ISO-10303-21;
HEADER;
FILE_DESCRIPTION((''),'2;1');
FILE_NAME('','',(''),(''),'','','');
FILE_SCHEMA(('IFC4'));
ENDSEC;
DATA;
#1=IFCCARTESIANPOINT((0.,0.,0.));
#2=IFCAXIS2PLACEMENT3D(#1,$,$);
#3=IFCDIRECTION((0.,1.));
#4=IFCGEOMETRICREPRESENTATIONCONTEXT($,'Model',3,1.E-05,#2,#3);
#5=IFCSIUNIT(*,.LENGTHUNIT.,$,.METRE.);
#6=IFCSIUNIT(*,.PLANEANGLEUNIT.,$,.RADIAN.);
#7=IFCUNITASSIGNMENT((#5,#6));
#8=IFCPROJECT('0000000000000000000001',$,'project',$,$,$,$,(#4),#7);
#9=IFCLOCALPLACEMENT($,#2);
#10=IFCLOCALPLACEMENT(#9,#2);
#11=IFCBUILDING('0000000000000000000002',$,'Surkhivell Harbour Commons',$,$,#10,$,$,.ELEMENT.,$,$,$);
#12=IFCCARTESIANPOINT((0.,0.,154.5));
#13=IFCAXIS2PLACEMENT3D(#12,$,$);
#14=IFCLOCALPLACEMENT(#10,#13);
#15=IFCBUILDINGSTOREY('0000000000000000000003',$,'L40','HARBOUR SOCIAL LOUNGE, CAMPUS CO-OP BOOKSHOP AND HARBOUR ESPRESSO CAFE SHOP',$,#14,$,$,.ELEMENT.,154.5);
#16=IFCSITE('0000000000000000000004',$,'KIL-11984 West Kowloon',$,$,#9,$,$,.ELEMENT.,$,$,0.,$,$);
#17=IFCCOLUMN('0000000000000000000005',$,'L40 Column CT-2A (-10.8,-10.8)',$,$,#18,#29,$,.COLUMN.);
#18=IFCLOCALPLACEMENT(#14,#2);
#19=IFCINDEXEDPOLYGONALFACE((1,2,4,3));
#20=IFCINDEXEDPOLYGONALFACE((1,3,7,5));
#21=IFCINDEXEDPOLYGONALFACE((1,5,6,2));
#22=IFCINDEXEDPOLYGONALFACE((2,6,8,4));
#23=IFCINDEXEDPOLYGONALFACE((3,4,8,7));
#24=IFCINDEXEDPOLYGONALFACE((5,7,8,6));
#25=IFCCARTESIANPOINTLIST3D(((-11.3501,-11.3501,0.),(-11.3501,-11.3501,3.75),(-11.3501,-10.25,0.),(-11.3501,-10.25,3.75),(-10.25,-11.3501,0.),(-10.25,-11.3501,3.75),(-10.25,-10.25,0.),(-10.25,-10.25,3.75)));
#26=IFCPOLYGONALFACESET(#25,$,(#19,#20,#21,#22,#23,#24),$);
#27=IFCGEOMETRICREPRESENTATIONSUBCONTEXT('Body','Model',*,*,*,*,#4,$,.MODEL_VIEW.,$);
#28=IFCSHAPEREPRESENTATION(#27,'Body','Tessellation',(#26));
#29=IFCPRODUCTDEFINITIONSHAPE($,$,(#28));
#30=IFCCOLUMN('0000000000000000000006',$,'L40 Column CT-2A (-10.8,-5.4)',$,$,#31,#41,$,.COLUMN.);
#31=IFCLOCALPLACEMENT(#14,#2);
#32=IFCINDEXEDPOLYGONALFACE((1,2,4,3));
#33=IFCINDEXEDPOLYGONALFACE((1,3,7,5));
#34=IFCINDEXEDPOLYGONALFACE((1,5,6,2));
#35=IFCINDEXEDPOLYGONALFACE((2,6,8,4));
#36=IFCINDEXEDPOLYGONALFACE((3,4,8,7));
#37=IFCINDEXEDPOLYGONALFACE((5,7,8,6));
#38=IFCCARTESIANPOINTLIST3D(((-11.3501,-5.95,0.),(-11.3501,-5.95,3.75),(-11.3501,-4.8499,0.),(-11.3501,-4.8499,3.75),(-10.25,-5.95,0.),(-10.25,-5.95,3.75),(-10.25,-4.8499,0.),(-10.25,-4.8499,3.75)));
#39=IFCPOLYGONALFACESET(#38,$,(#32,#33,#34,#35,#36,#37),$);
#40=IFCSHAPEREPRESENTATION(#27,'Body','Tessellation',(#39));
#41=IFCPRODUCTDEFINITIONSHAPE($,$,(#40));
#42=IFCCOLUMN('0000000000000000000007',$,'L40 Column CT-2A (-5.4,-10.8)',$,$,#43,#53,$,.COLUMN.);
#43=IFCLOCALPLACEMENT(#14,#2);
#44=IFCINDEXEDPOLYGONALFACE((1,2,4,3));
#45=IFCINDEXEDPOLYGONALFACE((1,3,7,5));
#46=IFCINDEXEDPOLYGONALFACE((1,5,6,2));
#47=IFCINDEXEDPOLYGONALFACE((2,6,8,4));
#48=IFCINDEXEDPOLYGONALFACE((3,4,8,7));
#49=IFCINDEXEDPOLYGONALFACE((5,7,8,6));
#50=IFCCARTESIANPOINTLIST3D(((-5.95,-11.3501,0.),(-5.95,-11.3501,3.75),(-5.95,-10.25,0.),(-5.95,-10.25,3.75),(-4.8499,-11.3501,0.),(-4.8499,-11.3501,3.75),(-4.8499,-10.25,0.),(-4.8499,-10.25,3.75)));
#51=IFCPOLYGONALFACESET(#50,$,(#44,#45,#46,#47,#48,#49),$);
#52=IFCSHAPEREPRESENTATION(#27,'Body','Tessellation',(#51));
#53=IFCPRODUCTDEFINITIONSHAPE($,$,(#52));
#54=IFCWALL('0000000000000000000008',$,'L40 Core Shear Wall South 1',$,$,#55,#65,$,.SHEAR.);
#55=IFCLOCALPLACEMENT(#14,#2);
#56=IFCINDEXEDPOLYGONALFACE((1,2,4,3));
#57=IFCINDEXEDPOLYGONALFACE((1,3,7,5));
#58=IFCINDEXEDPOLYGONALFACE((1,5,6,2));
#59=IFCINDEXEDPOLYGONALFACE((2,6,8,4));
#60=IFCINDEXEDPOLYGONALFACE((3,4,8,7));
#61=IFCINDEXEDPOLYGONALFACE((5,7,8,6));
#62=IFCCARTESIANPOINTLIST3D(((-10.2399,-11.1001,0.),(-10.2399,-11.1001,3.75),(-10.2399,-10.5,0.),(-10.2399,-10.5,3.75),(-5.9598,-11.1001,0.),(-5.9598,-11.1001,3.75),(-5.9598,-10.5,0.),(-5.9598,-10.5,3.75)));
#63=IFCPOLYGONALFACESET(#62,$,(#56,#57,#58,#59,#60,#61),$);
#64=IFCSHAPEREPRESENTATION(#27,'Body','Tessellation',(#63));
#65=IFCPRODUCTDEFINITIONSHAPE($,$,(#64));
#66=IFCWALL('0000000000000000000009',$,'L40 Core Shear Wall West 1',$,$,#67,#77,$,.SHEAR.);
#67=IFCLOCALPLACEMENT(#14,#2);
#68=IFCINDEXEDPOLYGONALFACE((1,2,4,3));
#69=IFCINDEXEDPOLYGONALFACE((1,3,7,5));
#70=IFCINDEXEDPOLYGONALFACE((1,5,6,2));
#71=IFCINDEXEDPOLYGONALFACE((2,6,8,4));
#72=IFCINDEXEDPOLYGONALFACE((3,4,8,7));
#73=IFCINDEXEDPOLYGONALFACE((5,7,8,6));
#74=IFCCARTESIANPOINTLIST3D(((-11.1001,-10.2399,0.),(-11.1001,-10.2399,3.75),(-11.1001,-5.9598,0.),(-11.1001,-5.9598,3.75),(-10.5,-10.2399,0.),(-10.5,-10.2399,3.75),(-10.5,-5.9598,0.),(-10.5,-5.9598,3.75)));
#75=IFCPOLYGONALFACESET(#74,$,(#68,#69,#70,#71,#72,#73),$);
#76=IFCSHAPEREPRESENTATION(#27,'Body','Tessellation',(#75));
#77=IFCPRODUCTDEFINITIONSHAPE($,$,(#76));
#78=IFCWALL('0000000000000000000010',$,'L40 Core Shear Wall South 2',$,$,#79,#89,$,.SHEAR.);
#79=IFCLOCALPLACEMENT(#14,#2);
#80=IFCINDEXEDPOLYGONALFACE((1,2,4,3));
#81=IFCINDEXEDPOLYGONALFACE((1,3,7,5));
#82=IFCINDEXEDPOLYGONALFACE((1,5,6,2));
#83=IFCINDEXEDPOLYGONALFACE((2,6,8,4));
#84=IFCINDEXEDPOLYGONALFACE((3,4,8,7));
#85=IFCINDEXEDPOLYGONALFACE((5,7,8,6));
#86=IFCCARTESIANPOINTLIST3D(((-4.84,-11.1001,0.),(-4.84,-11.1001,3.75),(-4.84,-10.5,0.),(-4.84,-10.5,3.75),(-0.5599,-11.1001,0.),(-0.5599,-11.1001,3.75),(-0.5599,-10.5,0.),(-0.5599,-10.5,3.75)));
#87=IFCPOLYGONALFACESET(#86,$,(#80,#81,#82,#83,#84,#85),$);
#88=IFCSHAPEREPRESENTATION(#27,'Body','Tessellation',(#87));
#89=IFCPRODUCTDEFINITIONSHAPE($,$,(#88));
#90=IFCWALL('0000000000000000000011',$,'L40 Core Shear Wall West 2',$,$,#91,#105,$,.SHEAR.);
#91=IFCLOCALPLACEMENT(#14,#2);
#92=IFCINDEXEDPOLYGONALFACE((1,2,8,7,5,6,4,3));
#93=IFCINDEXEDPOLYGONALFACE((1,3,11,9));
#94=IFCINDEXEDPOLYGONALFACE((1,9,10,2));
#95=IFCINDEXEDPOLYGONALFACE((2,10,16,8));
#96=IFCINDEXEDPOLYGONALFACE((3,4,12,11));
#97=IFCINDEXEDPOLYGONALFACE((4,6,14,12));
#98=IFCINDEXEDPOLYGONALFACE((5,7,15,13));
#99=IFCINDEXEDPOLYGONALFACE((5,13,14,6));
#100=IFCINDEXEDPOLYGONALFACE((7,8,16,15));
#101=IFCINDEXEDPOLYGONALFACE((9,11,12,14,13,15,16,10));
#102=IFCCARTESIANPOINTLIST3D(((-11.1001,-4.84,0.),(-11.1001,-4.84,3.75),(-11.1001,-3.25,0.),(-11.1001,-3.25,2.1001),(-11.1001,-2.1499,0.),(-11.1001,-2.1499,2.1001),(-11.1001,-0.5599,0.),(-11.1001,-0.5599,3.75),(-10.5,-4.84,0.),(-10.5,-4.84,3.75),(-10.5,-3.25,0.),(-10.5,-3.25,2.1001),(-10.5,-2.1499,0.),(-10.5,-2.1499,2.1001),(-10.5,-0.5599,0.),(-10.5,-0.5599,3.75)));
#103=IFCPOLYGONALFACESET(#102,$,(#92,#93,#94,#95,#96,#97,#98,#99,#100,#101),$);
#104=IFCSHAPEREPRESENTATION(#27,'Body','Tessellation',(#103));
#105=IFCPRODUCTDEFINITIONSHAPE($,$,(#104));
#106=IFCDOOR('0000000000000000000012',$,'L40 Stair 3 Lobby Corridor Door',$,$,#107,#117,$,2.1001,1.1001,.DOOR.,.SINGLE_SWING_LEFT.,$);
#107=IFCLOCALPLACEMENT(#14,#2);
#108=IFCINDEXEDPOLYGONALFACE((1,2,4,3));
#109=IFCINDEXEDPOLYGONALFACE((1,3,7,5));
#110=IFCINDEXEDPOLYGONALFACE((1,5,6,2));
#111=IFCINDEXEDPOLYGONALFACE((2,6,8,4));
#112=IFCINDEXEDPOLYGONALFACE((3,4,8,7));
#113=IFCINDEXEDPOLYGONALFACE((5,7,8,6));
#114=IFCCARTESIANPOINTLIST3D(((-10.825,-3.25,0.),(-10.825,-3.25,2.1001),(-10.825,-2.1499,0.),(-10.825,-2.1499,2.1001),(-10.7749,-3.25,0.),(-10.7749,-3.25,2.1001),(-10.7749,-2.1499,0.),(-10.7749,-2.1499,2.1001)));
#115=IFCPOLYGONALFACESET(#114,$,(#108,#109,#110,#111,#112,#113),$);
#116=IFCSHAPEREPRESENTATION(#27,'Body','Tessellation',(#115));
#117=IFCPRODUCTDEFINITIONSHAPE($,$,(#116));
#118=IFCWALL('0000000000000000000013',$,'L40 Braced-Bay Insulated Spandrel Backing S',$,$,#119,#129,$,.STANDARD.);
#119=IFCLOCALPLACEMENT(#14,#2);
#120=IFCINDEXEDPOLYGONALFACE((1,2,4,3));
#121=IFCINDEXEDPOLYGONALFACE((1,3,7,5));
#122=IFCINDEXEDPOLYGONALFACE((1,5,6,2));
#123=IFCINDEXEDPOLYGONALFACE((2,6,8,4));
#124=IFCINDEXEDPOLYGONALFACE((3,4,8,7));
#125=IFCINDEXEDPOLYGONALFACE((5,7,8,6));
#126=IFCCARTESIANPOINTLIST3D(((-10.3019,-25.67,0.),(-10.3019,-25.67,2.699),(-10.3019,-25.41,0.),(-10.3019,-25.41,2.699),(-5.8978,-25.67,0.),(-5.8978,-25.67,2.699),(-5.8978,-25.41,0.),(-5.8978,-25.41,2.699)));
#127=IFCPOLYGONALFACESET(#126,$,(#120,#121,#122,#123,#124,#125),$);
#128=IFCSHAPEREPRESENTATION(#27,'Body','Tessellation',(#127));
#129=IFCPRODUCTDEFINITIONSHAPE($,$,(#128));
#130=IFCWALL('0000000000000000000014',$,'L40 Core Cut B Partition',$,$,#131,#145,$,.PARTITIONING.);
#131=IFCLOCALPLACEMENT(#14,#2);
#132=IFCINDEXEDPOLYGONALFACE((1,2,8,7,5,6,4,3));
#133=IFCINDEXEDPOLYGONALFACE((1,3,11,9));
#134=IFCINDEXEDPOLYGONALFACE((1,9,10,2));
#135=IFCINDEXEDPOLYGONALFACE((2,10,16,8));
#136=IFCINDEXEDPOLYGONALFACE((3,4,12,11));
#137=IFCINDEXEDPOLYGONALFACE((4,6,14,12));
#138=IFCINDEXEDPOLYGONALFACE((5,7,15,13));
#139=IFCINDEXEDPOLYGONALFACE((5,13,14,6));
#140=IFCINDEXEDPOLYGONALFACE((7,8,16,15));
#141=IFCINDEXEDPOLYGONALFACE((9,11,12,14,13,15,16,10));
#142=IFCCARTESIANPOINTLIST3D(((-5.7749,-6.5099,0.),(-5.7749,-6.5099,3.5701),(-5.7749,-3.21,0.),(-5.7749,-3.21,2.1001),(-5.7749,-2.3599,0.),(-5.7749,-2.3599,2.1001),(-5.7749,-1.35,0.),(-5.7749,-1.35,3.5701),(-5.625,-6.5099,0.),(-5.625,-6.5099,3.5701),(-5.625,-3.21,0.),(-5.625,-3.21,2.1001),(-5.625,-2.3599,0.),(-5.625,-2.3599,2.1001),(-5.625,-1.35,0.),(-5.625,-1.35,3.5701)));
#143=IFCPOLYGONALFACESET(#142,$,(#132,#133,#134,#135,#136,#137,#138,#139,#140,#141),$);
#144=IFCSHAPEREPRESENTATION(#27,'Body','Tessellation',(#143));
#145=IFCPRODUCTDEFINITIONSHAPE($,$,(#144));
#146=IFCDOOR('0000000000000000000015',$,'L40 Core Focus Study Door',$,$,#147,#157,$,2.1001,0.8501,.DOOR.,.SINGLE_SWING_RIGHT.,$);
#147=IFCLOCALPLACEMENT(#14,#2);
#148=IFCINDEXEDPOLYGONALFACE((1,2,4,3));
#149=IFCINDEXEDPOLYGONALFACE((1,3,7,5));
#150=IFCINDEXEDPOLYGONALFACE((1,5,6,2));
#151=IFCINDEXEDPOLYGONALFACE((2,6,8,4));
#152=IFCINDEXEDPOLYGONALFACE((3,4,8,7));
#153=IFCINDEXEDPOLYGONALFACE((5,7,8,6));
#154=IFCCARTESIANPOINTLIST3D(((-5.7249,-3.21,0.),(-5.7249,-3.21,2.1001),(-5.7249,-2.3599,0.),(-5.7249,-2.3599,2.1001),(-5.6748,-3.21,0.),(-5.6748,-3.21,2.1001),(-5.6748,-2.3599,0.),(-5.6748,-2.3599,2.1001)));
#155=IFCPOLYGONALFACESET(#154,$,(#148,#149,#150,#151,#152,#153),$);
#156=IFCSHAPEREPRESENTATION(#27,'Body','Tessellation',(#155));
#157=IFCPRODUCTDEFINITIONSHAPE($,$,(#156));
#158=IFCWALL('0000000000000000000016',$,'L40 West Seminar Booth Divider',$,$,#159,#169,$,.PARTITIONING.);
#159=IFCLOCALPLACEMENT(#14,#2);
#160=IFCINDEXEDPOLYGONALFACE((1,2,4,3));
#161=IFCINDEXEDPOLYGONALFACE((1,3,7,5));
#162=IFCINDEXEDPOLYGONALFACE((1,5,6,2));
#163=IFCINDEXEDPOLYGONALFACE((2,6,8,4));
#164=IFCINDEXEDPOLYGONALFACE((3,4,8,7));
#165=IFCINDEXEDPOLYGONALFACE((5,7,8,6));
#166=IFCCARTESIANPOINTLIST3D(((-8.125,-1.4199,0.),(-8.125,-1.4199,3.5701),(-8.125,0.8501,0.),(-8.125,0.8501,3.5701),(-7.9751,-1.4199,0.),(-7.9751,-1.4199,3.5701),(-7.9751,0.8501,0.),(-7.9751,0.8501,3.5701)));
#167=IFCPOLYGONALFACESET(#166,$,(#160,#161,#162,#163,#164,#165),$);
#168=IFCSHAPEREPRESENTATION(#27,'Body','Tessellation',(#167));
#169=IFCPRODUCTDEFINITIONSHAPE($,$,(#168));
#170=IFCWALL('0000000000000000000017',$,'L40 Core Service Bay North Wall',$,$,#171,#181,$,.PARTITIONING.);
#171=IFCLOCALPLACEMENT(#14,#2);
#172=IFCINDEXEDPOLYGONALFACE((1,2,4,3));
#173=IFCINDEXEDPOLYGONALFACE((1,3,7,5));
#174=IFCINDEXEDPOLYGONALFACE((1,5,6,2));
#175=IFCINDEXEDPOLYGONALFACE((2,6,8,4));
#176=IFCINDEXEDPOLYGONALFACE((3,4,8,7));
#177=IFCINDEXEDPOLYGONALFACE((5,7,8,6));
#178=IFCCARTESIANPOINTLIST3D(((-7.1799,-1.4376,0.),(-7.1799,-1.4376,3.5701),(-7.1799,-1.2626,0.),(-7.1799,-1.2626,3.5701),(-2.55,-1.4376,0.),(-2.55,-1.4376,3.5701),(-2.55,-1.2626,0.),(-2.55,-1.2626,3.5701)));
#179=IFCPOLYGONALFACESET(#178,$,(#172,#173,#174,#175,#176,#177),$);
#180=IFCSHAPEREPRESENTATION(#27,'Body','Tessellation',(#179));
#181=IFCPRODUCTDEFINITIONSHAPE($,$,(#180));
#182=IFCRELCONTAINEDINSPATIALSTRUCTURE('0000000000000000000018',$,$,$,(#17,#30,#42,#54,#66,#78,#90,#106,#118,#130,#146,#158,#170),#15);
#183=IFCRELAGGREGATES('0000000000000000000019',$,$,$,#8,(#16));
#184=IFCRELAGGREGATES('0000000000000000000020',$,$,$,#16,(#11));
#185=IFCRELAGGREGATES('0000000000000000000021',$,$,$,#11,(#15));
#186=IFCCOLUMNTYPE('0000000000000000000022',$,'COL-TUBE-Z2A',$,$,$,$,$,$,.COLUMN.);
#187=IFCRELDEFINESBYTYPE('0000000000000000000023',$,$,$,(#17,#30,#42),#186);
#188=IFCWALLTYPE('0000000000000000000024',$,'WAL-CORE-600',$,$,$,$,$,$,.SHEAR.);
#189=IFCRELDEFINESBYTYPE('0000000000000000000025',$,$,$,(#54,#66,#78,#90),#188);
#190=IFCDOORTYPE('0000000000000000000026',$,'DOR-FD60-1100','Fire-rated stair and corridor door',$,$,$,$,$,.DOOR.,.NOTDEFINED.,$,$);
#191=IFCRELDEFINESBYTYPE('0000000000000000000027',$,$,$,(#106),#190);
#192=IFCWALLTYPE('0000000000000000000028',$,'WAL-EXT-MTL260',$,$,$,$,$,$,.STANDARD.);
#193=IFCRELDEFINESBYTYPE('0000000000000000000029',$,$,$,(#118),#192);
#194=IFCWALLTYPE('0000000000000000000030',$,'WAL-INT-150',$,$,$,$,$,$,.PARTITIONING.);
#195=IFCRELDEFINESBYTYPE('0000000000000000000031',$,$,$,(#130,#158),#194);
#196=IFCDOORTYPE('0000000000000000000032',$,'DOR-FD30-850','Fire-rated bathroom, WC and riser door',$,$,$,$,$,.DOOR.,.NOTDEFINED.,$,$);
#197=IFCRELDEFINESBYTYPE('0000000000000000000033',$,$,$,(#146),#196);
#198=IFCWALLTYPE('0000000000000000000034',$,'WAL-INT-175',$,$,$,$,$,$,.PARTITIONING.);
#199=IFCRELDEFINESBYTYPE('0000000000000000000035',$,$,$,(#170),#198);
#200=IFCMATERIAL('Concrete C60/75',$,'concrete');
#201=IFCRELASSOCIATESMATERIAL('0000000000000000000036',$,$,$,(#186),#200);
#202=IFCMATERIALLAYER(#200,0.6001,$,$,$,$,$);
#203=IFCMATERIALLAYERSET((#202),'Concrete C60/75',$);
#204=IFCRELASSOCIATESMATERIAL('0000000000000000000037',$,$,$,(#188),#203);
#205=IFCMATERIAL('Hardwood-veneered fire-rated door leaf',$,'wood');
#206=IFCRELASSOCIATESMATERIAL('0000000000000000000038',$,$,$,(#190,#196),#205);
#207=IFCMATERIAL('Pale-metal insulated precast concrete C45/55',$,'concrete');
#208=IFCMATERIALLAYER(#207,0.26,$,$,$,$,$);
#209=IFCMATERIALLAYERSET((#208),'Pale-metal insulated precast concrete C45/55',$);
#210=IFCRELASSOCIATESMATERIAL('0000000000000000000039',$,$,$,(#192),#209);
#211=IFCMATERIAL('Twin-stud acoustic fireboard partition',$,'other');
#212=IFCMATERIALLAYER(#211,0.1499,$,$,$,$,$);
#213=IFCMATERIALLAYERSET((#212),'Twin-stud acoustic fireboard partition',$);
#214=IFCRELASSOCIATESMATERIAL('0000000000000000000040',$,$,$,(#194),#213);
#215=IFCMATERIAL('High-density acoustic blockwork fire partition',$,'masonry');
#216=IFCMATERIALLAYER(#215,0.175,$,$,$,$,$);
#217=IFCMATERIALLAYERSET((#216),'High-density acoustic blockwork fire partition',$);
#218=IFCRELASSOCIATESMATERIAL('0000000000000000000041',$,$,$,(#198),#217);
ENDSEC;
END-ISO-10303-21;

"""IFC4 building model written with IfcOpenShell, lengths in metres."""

from ifc_helpers import new_model, si_unit, direction, frame, frame_2d, origin, origin_2d, place, context, subcontext, project, spatial, rectangle, extrude, material, layer, layer_set, material_profile, profile_set, type_object, element, fill, save


model = new_model("IFC4")

# Units and contexts
model_context = context("Model", 3, precision=1e-05, world=origin(), true_north=direction((0.0, 1.0)))
body_context = subcontext(model_context, "Body", "Model", "MODEL_VIEW")
ifc_project = project(units=[si_unit("LENGTHUNIT", "METRE"), si_unit("PLANEANGLEUNIT", "RADIAN")], contexts=[model_context])

# Site, building, storey
site_placement = place(None, origin())
site = spatial("IfcSite", under=ifc_project, at=site_placement, Name="KIL-11984 West Kowloon", CompositionType="ELEMENT", RefElevation=0.0)
building_placement = place(site_placement, origin())
building = spatial("IfcBuilding", under=site, at=building_placement, Name="Surkhivell Harbour Commons", CompositionType="ELEMENT")
storey_placement = place(building_placement, frame((0.0, 0.0, 154.5)))
storey = spatial("IfcBuildingStorey", under=building, at=storey_placement, Name="L40", Description="HARBOUR SOCIAL LOUNGE, CAMPUS CO-OP BOOKSHOP AND HARBOUR ESPRESSO CAFE SHOP", CompositionType="ELEMENT", Elevation=154.5)

# Columns
ifc_material_1 = material(Name="Concrete C60/75", Category="concrete")
ifc_material_profile = material_profile(ifc_material_1, rectangle(XDim=1.1001, YDim=1.1001, at=origin_2d()), Name="RC-COL-1100x1100")
ifc_profile_set = profile_set([ifc_material_profile], Name="Concrete C60/75")
column_type = type_object("IfcColumnType", Name="COL-TUBE-Z2A", PredefinedType="COLUMN", material=ifc_profile_set)
for number, where, z_axis, x_axis, name in (
    (1, (-10.8, -10.8, 0.0), (0.0, 0.0, 1.0), (1.0, 0.0, 0.0), "L40 Column CT-2A (-10.8,-10.8)"),
    (2, (-10.8, -5.3999, 0.0), (0.0, 0.0, 1.0), (1.0, 0.0, 0.0), "L40 Column CT-2A (-10.8,-5.4)"),
    (3, (-5.3999, -10.8, 0.0), (0.0, 0.0, 1.0), (1.0, 0.0, 0.0), "L40 Column CT-2A (-5.4,-10.8)"),
):
    element("IfcColumn", number, at=place(storey_placement, frame(where, z_axis=z_axis, x_axis=x_axis)), inside=storey, type_object=column_type, Name=name, PredefinedType="COLUMN", context=body_context, shape_type="SweptSolid", body=[
        extrude(rectangle(XDim=1.1001, YDim=1.1001, at=origin_2d()), origin(), (0.0, 0.0, 1.0), 3.75),
    ])

# Walls
ifc_layer_1 = layer(ifc_material_1, 0.6001)
ifc_layer_set_1 = layer_set([ifc_layer_1], Name="Concrete C60/75")
wall_type_1 = type_object("IfcWallType", Name="WAL-CORE-600", PredefinedType="SHEAR", material=ifc_layer_set_1)
for number, where, z_axis, x_axis, name in (
    (4, (-10.24, -10.8, 0.0), (0.0, 0.0, 1.0), (1.0, 0.0, 0.0), "L40 Core Shear Wall South 1"),
    (5, (-10.8, -10.24, 0.0), (0.0, 0.0, 1.0), (0.0, 1.0, 0.0), "L40 Core Shear Wall West 1"),
    (6, (-4.8401, -10.8, 0.0), (0.0, 0.0, 1.0), (1.0, 0.0, 0.0), "L40 Core Shear Wall South 2"),
):
    element("IfcWall", number, at=place(storey_placement, frame(where, z_axis=z_axis, x_axis=x_axis)), inside=storey, type_object=wall_type_1, Name=name, PredefinedType="SHEAR", context=body_context, shape_type="SweptSolid", body=[
        extrude(rectangle(XDim=4.28, YDim=0.6001, at=frame_2d((2.1401, 0.0))), origin(), (0.0, 0.0, 1.0), 3.75),
    ])

# Wall, opening, door
wall_1_placement = place(storey_placement, frame((-10.8, -4.8401, 0.0), z_axis=(0.0, 0.0, 1.0), x_axis=(0.0, 1.0, 0.0)))
wall_1 = element("IfcWall", 7, at=wall_1_placement, inside=storey, type_object=wall_type_1, Name="L40 Core Shear Wall West 2", PredefinedType="SHEAR", context=body_context, shape_type="SweptSolid", body=[
    extrude(rectangle(XDim=4.28, YDim=0.6001, at=frame_2d((2.1401, 0.0))), origin(), (0.0, 0.0, 1.0), 3.75),
])
opening_1_placement = place(wall_1_placement, frame((1.5901, 0.0, 0.0)))
opening_1 = element("IfcOpeningElement", 8, at=opening_1_placement, cuts=wall_1, PredefinedType="OPENING", context=body_context, shape_type="SweptSolid", body=[
    extrude(rectangle(XDim=1.1001, YDim=2.1001, at=frame_2d((0.55, 1.05))), frame((0.0, 0.3101, 0.0), z_axis=(0.0, -1.0, 0.0), x_axis=(1.0, 0.0, 0.0)), (0.0, 0.0, 1.0), 0.6201),
])
ifc_material_2 = material(Name="Hardwood-veneered fire-rated door leaf", Category="wood")
door_type_1 = type_object("IfcDoorType", Name="DOR-FD60-1100", Description="Fire-rated stair and corridor door", OperationType="NOTDEFINED", PredefinedType="DOOR", material=ifc_material_2)
door_1_placement = place(opening_1_placement, origin())
door_1 = element("IfcDoor", 9, at=door_1_placement, inside=storey, type_object=door_type_1, Name="L40 Stair 3 Lobby Corridor Door", OperationType="SINGLE_SWING_LEFT", OverallHeight=2.1001, OverallWidth=1.1001, PredefinedType="DOOR", context=body_context, shape_type="SweptSolid", body=[
    extrude(rectangle(XDim=1.1001, YDim=2.1001, at=frame_2d((0.55, 1.05))), frame((0.0, 0.0249, 0.0), z_axis=(0.0, -1.0, 0.0), x_axis=(1.0, 0.0, 0.0)), (0.0, 0.0, 1.0), 0.05),
])
fill(opening_1, door_1)

# Wall
ifc_material_3 = material(Name="Pale-metal insulated precast concrete C45/55", Category="concrete")
ifc_layer_2 = layer(ifc_material_3, 0.26)
ifc_layer_set_2 = layer_set([ifc_layer_2], Name="Pale-metal insulated precast concrete C45/55")
wall_type_2 = type_object("IfcWallType", Name="WAL-EXT-MTL260", PredefinedType="STANDARD", material=ifc_layer_set_2)
wall_2_placement = place(storey_placement, frame((-10.302, -25.54, 0.0), z_axis=(0.0, 0.0, 1.0), x_axis=(1.0, 0.0, 0.0)))
element("IfcWall", 10, at=wall_2_placement, inside=storey, type_object=wall_type_2, Name="L40 Braced-Bay Insulated Spandrel Backing S", PredefinedType="STANDARD", context=body_context, shape_type="SweptSolid", body=[
    extrude(rectangle(XDim=4.4041, YDim=0.26, at=frame_2d((2.2021, 0.0))), origin(), (0.0, 0.0, 1.0), 2.699),
])

# Wall, opening, door
ifc_material_4 = material(Name="Twin-stud acoustic fireboard partition", Category="other")
ifc_layer_3 = layer(ifc_material_4, 0.1499)
ifc_layer_set_3 = layer_set([ifc_layer_3], Name="Twin-stud acoustic fireboard partition")
wall_type_3 = type_object("IfcWallType", Name="WAL-INT-150", PredefinedType="PARTITIONING", material=ifc_layer_set_3)
wall_3_placement = place(storey_placement, frame((-5.7, -6.51, 0.0), z_axis=(0.0, 0.0, 1.0), x_axis=(0.0, 1.0, 0.0)))
wall_3 = element("IfcWall", 11, at=wall_3_placement, inside=storey, type_object=wall_type_3, Name="L40 Core Cut B Partition", PredefinedType="PARTITIONING", context=body_context, shape_type="SweptSolid", body=[
    extrude(rectangle(XDim=5.1599, YDim=0.1499, at=frame_2d((2.5801, 0.0))), origin(), (0.0, 0.0, 1.0), 3.5701),
])
opening_2_placement = place(wall_3_placement, frame((3.3, 0.0, 0.0)))
opening_2 = element("IfcOpeningElement", 12, at=opening_2_placement, cuts=wall_3, PredefinedType="OPENING", context=body_context, shape_type="SweptSolid", body=[
    extrude(rectangle(XDim=0.8501, YDim=2.1001, at=frame_2d((0.425, 1.05))), frame((0.0, 0.085, 0.0), z_axis=(0.0, -1.0, 0.0), x_axis=(1.0, 0.0, 0.0)), (0.0, 0.0, 1.0), 0.1699),
])
door_type_2 = type_object("IfcDoorType", Name="DOR-FD30-850", Description="Fire-rated bathroom, WC and riser door", OperationType="NOTDEFINED", PredefinedType="DOOR", material=ifc_material_2)
door_2_placement = place(opening_2_placement, origin())
door_2 = element("IfcDoor", 13, at=door_2_placement, inside=storey, type_object=door_type_2, Name="L40 Core Focus Study Door", OperationType="SINGLE_SWING_RIGHT", OverallHeight=2.1001, OverallWidth=0.8501, PredefinedType="DOOR", context=body_context, shape_type="SweptSolid", body=[
    extrude(rectangle(XDim=0.8501, YDim=2.1001, at=frame_2d((0.425, 1.05))), frame((0.0, 0.0249, 0.0), z_axis=(0.0, -1.0, 0.0), x_axis=(1.0, 0.0, 0.0)), (0.0, 0.0, 1.0), 0.05),
])
fill(opening_2, door_2)

# Walls
wall_4_placement = place(storey_placement, frame((-8.05, -1.4199, 0.0), z_axis=(0.0, 0.0, 1.0), x_axis=(0.0, 1.0, 0.0)))
element("IfcWall", 14, at=wall_4_placement, inside=storey, type_object=wall_type_3, Name="L40 West Seminar Booth Divider", PredefinedType="PARTITIONING", context=body_context, shape_type="SweptSolid", body=[
    extrude(rectangle(XDim=2.27, YDim=0.1499, at=frame_2d((1.135, 0.0))), origin(), (0.0, 0.0, 1.0), 3.5701),
])
ifc_material_5 = material(Name="High-density acoustic blockwork fire partition", Category="masonry")
ifc_layer_4 = layer(ifc_material_5, 0.175)
ifc_layer_set_4 = layer_set([ifc_layer_4], Name="High-density acoustic blockwork fire partition")
wall_type_4 = type_object("IfcWallType", Name="WAL-INT-175", PredefinedType="PARTITIONING", material=ifc_layer_set_4)
wall_5_placement = place(storey_placement, frame((-7.1799, -1.3501, 0.0), z_axis=(0.0, 0.0, 1.0), x_axis=(1.0, 0.0, 0.0)))
element("IfcWall", 15, at=wall_5_placement, inside=storey, type_object=wall_type_4, Name="L40 Core Service Bay North Wall", PredefinedType="PARTITIONING", context=body_context, shape_type="SweptSolid", body=[
    extrude(rectangle(XDim=4.6299, YDim=0.175, at=frame_2d((2.3149, 0.0))), origin(), (0.0, 0.0, 1.0), 3.5701),
])

save(model, "model.ifc")
